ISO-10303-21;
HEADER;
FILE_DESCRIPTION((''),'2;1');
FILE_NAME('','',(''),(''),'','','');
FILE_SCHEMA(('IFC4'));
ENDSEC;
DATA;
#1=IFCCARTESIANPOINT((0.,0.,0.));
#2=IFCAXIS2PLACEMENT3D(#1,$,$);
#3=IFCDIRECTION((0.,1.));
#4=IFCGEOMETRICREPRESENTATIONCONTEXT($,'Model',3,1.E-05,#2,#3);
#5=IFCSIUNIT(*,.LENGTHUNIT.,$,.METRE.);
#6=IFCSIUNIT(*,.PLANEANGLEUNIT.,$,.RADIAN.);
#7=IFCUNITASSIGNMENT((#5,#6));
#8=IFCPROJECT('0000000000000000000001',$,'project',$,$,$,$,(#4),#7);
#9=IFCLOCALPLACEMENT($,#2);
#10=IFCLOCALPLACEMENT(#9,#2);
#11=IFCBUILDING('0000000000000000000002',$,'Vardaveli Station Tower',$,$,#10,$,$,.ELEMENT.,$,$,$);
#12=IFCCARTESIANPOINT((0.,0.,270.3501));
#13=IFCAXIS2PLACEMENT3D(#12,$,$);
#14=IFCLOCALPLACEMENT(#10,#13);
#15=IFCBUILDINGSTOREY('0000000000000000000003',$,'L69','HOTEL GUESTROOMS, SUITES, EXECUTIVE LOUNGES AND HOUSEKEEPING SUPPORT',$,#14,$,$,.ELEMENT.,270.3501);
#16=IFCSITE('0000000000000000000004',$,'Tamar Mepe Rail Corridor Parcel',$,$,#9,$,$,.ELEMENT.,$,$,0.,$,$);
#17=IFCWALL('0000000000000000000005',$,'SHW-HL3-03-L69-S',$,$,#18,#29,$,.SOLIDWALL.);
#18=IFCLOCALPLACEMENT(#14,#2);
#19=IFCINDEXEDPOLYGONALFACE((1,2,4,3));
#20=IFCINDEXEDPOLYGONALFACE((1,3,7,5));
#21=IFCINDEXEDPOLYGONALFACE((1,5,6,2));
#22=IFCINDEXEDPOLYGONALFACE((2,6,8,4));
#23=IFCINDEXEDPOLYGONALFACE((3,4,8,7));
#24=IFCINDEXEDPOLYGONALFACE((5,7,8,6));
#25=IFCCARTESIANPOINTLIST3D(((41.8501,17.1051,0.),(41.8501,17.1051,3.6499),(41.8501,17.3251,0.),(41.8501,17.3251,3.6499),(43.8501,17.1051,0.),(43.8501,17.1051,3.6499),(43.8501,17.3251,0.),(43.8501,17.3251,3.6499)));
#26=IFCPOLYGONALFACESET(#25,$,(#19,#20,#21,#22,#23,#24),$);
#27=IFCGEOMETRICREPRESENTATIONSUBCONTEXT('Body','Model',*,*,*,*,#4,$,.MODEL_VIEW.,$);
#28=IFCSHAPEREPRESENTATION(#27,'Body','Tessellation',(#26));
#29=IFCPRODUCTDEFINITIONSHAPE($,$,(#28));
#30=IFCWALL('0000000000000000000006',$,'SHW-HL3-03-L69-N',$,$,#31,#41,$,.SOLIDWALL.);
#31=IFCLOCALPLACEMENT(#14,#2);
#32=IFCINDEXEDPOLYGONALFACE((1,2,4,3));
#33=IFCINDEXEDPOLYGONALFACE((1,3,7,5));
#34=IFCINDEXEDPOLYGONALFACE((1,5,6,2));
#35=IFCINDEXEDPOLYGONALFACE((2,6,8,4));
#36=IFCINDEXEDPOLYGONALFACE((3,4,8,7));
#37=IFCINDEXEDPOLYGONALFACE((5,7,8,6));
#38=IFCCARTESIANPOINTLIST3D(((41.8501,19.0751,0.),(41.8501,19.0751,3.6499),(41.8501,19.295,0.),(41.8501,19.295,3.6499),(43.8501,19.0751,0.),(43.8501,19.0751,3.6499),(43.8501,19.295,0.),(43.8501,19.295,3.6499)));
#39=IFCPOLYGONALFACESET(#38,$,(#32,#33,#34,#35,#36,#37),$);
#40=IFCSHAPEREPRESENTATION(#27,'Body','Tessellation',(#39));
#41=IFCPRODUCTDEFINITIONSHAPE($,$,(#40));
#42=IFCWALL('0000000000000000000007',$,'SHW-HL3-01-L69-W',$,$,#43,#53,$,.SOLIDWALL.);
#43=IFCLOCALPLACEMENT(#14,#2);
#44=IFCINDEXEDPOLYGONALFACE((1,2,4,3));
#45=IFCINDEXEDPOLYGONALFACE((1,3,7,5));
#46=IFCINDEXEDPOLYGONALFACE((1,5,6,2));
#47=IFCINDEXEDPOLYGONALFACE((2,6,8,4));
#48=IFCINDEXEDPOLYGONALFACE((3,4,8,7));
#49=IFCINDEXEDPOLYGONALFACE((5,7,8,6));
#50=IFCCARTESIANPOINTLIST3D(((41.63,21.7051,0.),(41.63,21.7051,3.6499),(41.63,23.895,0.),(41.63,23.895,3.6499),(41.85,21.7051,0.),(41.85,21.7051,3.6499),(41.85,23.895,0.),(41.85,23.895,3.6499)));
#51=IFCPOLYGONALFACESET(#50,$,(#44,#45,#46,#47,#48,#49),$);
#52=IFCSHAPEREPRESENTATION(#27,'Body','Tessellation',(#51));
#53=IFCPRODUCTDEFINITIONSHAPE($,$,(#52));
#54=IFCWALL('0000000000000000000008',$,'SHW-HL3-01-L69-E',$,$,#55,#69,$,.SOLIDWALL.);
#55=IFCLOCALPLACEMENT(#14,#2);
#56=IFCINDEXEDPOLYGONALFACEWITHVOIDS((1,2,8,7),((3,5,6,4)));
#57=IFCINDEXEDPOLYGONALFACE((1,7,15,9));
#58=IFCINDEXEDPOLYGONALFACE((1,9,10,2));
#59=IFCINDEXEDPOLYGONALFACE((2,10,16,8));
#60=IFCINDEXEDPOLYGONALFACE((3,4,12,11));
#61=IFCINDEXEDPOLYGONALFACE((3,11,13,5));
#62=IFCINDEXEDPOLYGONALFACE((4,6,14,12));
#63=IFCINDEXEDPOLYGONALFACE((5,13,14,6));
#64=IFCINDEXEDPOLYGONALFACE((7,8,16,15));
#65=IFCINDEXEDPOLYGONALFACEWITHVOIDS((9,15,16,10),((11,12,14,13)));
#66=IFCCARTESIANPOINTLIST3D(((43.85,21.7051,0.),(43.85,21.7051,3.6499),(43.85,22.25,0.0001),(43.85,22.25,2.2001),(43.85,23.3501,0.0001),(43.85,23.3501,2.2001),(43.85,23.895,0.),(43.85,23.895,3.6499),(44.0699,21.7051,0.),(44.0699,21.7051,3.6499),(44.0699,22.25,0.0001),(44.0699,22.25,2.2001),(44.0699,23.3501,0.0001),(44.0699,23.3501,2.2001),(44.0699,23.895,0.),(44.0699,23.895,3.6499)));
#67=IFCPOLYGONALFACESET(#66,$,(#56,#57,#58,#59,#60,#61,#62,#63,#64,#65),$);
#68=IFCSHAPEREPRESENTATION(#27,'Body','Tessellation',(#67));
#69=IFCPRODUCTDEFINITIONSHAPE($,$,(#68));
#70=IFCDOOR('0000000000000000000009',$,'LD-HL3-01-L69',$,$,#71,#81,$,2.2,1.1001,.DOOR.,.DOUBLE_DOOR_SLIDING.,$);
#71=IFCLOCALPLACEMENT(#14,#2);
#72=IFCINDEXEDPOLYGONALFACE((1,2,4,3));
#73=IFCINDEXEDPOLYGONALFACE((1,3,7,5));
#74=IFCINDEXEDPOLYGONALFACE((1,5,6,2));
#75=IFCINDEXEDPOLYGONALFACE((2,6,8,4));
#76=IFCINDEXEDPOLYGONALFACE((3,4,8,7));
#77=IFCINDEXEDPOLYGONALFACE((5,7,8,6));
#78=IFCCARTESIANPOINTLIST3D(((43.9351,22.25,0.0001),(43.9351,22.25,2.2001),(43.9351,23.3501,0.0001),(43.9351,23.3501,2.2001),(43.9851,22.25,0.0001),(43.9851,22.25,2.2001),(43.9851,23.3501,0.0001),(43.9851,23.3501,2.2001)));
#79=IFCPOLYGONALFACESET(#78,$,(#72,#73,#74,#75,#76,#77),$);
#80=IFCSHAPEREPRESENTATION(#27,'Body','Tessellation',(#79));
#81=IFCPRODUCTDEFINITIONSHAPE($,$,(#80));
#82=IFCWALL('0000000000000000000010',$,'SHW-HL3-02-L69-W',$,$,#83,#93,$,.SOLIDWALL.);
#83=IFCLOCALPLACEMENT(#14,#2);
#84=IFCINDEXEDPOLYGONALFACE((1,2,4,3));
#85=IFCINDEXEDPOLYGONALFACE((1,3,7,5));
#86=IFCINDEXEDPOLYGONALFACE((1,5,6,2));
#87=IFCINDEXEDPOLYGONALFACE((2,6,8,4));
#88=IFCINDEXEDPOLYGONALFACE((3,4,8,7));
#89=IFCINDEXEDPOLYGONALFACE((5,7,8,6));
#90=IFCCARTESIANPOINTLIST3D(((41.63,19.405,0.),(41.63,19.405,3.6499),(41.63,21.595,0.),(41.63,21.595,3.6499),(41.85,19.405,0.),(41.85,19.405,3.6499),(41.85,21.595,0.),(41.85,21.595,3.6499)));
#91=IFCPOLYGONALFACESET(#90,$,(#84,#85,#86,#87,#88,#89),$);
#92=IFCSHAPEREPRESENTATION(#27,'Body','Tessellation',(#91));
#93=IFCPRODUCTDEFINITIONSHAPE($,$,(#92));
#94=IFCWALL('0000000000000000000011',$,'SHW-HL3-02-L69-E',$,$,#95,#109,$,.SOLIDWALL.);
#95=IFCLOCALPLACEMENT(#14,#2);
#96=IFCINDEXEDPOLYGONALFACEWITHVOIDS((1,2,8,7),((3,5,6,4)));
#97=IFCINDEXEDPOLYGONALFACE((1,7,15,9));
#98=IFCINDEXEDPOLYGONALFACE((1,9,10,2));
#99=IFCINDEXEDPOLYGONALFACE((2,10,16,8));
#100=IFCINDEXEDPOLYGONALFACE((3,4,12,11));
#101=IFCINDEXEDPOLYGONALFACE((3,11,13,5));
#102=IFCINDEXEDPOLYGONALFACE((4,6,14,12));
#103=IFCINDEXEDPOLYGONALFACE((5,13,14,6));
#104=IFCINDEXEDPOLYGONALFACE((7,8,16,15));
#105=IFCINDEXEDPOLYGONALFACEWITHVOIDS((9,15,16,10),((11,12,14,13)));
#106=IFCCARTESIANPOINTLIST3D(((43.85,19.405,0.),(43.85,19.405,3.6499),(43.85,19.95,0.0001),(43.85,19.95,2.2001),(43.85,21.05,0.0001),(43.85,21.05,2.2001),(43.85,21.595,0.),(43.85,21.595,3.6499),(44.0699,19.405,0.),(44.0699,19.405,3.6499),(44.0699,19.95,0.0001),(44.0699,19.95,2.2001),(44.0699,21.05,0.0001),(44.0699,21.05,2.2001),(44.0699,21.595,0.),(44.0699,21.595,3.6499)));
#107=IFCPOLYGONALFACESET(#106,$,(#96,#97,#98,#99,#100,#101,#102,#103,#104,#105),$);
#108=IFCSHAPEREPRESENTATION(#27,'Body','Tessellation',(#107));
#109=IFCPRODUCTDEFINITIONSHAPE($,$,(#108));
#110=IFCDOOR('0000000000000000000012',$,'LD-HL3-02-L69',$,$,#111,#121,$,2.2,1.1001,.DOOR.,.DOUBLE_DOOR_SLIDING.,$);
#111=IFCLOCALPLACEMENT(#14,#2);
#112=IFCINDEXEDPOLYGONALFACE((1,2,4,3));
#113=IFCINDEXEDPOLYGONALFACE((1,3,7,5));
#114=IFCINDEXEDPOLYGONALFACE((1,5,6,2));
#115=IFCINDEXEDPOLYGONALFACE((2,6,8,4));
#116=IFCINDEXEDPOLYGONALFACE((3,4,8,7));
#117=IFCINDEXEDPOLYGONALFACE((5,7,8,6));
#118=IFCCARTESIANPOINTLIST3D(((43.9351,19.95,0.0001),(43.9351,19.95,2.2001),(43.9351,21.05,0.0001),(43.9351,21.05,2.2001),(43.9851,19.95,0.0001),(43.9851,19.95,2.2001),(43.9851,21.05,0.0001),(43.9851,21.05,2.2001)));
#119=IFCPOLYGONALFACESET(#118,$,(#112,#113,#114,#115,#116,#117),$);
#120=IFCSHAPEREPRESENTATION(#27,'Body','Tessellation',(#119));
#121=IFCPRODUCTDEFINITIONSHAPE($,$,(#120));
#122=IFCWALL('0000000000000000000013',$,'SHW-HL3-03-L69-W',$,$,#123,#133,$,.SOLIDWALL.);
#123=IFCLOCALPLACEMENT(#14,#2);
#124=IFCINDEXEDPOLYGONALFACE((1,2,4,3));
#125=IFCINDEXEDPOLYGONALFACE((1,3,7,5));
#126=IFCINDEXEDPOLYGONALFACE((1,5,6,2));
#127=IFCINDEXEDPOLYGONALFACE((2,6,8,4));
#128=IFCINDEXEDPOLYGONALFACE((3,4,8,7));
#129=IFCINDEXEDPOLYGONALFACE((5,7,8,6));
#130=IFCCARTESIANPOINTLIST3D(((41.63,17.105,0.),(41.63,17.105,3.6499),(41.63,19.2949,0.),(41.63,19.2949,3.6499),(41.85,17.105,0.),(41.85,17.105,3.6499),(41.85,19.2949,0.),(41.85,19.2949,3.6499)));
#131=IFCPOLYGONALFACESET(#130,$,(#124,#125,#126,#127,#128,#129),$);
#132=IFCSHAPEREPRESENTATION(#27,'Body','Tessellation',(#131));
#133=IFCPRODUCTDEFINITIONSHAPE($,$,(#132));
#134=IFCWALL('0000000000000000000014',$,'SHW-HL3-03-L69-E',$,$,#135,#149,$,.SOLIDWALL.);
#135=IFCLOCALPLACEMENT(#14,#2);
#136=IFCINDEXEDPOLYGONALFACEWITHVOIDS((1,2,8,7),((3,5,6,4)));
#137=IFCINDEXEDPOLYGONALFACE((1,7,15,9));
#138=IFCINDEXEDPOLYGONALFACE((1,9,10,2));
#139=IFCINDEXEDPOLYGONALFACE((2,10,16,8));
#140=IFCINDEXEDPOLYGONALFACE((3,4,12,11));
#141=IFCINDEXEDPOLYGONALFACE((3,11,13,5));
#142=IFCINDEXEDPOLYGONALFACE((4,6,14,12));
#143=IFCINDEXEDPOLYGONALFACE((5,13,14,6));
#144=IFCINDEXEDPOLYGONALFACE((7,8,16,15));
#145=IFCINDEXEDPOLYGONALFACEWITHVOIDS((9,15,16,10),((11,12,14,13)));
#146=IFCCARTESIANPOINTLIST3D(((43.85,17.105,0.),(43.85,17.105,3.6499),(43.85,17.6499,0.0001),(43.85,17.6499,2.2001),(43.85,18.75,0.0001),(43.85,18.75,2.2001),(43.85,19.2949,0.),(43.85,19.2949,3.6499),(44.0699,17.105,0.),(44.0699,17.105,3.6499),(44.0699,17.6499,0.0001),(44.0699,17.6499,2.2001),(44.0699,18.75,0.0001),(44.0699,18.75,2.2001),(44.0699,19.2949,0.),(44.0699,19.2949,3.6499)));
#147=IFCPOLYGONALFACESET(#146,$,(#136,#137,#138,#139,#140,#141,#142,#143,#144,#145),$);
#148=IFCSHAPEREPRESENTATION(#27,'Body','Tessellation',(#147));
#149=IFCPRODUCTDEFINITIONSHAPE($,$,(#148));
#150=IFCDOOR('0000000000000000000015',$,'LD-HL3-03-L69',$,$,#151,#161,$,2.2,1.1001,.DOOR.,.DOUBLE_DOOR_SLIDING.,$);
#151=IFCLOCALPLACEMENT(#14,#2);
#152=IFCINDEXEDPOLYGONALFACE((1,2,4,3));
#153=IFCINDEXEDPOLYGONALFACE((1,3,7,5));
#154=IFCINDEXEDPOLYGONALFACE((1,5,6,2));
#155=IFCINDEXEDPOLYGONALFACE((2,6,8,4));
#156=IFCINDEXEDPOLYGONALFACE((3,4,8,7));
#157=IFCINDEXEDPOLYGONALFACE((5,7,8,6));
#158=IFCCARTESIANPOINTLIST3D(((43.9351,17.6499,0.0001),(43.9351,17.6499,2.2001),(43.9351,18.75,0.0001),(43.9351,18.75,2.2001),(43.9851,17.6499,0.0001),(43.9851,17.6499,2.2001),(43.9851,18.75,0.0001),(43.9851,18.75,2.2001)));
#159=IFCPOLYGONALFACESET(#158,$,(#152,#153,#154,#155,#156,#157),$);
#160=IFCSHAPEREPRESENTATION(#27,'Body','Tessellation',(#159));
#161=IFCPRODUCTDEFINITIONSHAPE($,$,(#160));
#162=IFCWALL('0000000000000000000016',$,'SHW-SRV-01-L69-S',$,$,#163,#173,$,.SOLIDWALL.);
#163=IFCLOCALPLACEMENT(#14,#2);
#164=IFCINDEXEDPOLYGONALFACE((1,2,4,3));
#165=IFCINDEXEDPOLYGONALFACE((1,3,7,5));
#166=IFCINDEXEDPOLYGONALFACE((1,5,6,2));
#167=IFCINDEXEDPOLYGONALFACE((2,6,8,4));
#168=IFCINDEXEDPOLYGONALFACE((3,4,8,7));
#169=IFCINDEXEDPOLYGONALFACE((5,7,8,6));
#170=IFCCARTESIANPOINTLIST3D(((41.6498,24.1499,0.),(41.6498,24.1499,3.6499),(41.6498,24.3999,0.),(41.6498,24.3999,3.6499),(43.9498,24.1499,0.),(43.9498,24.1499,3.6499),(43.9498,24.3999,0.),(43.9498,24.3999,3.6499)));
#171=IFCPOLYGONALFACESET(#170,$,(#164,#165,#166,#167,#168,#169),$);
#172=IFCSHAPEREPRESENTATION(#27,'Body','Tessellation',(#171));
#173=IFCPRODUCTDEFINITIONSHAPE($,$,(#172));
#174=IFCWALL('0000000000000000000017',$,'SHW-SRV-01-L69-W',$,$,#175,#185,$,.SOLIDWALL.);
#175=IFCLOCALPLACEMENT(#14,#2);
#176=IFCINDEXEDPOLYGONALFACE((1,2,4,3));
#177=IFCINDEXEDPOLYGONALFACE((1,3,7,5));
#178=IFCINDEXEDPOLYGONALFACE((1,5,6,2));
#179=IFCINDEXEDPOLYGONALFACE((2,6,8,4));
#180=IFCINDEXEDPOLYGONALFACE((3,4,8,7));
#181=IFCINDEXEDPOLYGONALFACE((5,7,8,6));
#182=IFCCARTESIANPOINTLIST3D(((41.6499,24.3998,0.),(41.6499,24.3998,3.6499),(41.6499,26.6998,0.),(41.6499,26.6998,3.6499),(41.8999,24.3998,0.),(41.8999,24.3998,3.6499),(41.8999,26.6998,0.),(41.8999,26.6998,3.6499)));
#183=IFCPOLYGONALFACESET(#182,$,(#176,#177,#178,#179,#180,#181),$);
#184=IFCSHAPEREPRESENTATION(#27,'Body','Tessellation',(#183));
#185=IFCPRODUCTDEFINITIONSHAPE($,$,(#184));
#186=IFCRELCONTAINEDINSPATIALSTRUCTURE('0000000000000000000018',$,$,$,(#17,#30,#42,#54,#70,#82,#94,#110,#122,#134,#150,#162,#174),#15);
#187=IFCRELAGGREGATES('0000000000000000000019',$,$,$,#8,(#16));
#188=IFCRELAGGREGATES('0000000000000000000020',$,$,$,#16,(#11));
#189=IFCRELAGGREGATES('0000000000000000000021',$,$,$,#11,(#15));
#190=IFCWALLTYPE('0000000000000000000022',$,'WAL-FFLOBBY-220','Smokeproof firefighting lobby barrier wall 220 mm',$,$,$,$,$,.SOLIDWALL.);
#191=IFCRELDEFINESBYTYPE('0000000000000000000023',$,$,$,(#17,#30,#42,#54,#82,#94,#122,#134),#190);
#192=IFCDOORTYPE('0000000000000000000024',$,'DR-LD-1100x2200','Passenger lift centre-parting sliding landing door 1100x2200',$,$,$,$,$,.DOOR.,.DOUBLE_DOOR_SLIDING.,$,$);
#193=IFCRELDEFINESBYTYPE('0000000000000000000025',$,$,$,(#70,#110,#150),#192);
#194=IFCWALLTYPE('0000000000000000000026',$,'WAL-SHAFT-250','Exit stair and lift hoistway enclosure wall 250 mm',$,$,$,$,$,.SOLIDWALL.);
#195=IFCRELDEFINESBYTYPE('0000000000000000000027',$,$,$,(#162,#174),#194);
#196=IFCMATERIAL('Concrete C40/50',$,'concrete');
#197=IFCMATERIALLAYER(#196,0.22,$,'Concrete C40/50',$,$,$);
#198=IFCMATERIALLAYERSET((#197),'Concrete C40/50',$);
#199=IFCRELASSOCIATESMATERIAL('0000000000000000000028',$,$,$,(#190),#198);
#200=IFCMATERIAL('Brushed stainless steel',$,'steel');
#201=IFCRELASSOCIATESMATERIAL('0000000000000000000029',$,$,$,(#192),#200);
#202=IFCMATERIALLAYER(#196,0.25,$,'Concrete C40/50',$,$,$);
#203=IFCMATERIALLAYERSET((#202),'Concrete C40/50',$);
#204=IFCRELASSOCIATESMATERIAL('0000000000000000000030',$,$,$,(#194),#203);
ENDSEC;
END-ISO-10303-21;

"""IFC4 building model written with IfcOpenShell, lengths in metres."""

from ifc_helpers import new_model, si_unit, direction, frame, frame_2d, origin, place, context, subcontext, project, spatial, rectangle, extrude, source, transform, mapped, material, layer, layer_set, type_object, element, fill, save


model = new_model("IFC4")

# Units and contexts
model_context = context("Model", 3, precision=1e-05, world=origin(), true_north=direction((0.0, 1.0)))
body_context = subcontext(model_context, "Body", "Model", "MODEL_VIEW")
ifc_project = project(units=[si_unit("LENGTHUNIT", "METRE"), si_unit("PLANEANGLEUNIT", "RADIAN")], contexts=[model_context])

# Site, building, storey
site_placement = place(None, origin())
site = spatial("IfcSite", under=ifc_project, at=site_placement, Name="Tamar Mepe Rail Corridor Parcel", CompositionType="ELEMENT", RefElevation=0.0)
building_placement = place(site_placement, origin())
building = spatial("IfcBuilding", under=site, at=building_placement, Name="Vardaveli Station Tower", CompositionType="ELEMENT")
storey_placement = place(building_placement, frame((0.0, 0.0, 270.3501)))
storey = spatial("IfcBuildingStorey", under=building, at=storey_placement, Name="L69", Description="HOTEL GUESTROOMS, SUITES, EXECUTIVE LOUNGES AND HOUSEKEEPING SUPPORT", CompositionType="ELEMENT", Elevation=270.3501)

# Walls
ifc_material_1 = material(Name="Concrete C40/50", Category="concrete")
ifc_layer_1 = layer(ifc_material_1, 0.22, Name="Concrete C40/50")
ifc_layer_set_1 = layer_set([ifc_layer_1], Name="Concrete C40/50")
wall_type_1 = type_object("IfcWallType", Name="WAL-FFLOBBY-220", Description="Smokeproof firefighting lobby barrier wall 220 mm", PredefinedType="SOLIDWALL", material=ifc_layer_set_1)
shared_shape_1 = source(origin(), body_context, "Body", "SweptSolid", [
    extrude(rectangle(XDim=2.0, YDim=0.22, at=frame_2d((1.0, 0.0))), origin(), (0.0, 0.0, 1.0), 3.6499),
])
for number, where, z_axis, x_axis, name in (
    (1, (41.8501, 17.2151, 0.0), (0.0, 0.0, 1.0), (1.0, 0.0, 0.0), "SHW-HL3-03-L69-S"),
    (2, (41.8501, 19.1851, 0.0), (0.0, 0.0, 1.0), (1.0, 0.0, 0.0), "SHW-HL3-03-L69-N"),
):
    element("IfcWall", number, at=place(storey_placement, frame(where, z_axis=z_axis, x_axis=x_axis)), inside=storey, type_object=wall_type_1, Name=name, PredefinedType="SOLIDWALL", context=body_context, shape_type="MappedRepresentation", body=[
        mapped(shared_shape_1, transform((0.0, 0.0, 0.0), scale=1.0)),
    ])
shared_shape_2 = source(origin(), body_context, "Body", "SweptSolid", [
    extrude(rectangle(XDim=2.1899, YDim=0.22, at=frame_2d((1.095, 0.0))), origin(), (0.0, 0.0, 1.0), 3.6499),
])
wall_1_placement = place(storey_placement, frame((41.74, 21.7051, 0.0), z_axis=(0.0, 0.0, 1.0), x_axis=(0.0, 1.0, 0.0)))
element("IfcWall", 3, at=wall_1_placement, inside=storey, type_object=wall_type_1, Name="SHW-HL3-01-L69-W", PredefinedType="SOLIDWALL", context=body_context, shape_type="MappedRepresentation", body=[
    mapped(shared_shape_2, transform((0.0, 0.0, 0.0), scale=1.0)),
])

# Wall, opening, door
wall_2_placement = place(storey_placement, frame((43.96, 21.7051, 0.0), z_axis=(0.0, 0.0, 1.0), x_axis=(0.0, 1.0, 0.0)))
wall_2 = element("IfcWall", 4, at=wall_2_placement, inside=storey, type_object=wall_type_1, Name="SHW-HL3-01-L69-E", PredefinedType="SOLIDWALL", context=body_context, shape_type="MappedRepresentation", body=[
    mapped(shared_shape_2, transform((0.0, 0.0, 0.0), scale=1.0)),
])
shared_shape_3 = source(origin(), body_context, "Body", "SweptSolid", [
    extrude(rectangle(XDim=1.1001, YDim=2.2, at=frame_2d((0.55, 1.1001))), frame((0.0, 0.1201, 0.0), z_axis=(0.0, -1.0, 0.0), x_axis=(1.0, 0.0, 0.0)), (0.0, 0.0, 1.0), 0.24),
])
opening_1_placement = place(wall_2_placement, frame((0.5449, 0.0, 0.0)))
opening_1 = element("IfcOpeningElement", 5, at=opening_1_placement, cuts=wall_2, PredefinedType="OPENING", context=body_context, shape_type="MappedRepresentation", body=[
    mapped(shared_shape_3, transform((0.0, 0.0, 0.0), scale=1.0)),
])
ifc_material_2 = material(Name="Brushed stainless steel", Category="steel")
door_type_1 = type_object("IfcDoorType", Name="DR-LD-1100x2200", Description="Passenger lift centre-parting sliding landing door 1100x2200", OperationType="DOUBLE_DOOR_SLIDING", PredefinedType="DOOR", material=ifc_material_2)
shared_shape_4 = source(origin(), body_context, "Body", "SweptSolid", [
    extrude(rectangle(XDim=1.1001, YDim=2.2, at=frame_2d((0.55, 1.1001))), frame((0.0, 0.0249, 0.0), z_axis=(0.0, -1.0, 0.0), x_axis=(1.0, 0.0, 0.0)), (0.0, 0.0, 1.0), 0.05),
])
door_1_placement = place(opening_1_placement, origin())
door_1 = element("IfcDoor", 6, at=door_1_placement, inside=storey, type_object=door_type_1, Name="LD-HL3-01-L69", OperationType="DOUBLE_DOOR_SLIDING", OverallHeight=2.2, OverallWidth=1.1001, PredefinedType="DOOR", context=body_context, shape_type="MappedRepresentation", body=[
    mapped(shared_shape_4, transform((0.0, 0.0, 0.0), scale=1.0)),
])
fill(opening_1, door_1)

# Wall
wall_3_placement = place(storey_placement, frame((41.74, 19.405, 0.0), z_axis=(0.0, 0.0, 1.0), x_axis=(0.0, 1.0, 0.0)))
element("IfcWall", 7, at=wall_3_placement, inside=storey, type_object=wall_type_1, Name="SHW-HL3-02-L69-W", PredefinedType="SOLIDWALL", context=body_context, shape_type="MappedRepresentation", body=[
    mapped(shared_shape_2, transform((0.0, 0.0, 0.0), scale=1.0)),
])

# Wall, opening, door
wall_4_placement = place(storey_placement, frame((43.96, 19.405, 0.0), z_axis=(0.0, 0.0, 1.0), x_axis=(0.0, 1.0, 0.0)))
wall_4 = element("IfcWall", 8, at=wall_4_placement, inside=storey, type_object=wall_type_1, Name="SHW-HL3-02-L69-E", PredefinedType="SOLIDWALL", context=body_context, shape_type="MappedRepresentation", body=[
    mapped(shared_shape_2, transform((0.0, 0.0, 0.0), scale=1.0)),
])
opening_2_placement = place(wall_4_placement, frame((0.5449, 0.0, 0.0)))
opening_2 = element("IfcOpeningElement", 9, at=opening_2_placement, cuts=wall_4, PredefinedType="OPENING", context=body_context, shape_type="MappedRepresentation", body=[
    mapped(shared_shape_3, transform((0.0, 0.0, 0.0), scale=1.0)),
])
door_2_placement = place(opening_2_placement, origin())
door_2 = element("IfcDoor", 10, at=door_2_placement, inside=storey, type_object=door_type_1, Name="LD-HL3-02-L69", OperationType="DOUBLE_DOOR_SLIDING", OverallHeight=2.2, OverallWidth=1.1001, PredefinedType="DOOR", context=body_context, shape_type="MappedRepresentation", body=[
    mapped(shared_shape_4, transform((0.0, 0.0, 0.0), scale=1.0)),
])
fill(opening_2, door_2)

# Wall
wall_5_placement = place(storey_placement, frame((41.74, 17.105, 0.0), z_axis=(0.0, 0.0, 1.0), x_axis=(0.0, 1.0, 0.0)))
element("IfcWall", 11, at=wall_5_placement, inside=storey, type_object=wall_type_1, Name="SHW-HL3-03-L69-W", PredefinedType="SOLIDWALL", context=body_context, shape_type="MappedRepresentation", body=[
    mapped(shared_shape_2, transform((0.0, 0.0, 0.0), scale=1.0)),
])

# Wall, opening, door
wall_6_placement = place(storey_placement, frame((43.96, 17.105, 0.0), z_axis=(0.0, 0.0, 1.0), x_axis=(0.0, 1.0, 0.0)))
wall_6 = element("IfcWall", 12, at=wall_6_placement, inside=storey, type_object=wall_type_1, Name="SHW-HL3-03-L69-E", PredefinedType="SOLIDWALL", context=body_context, shape_type="MappedRepresentation", body=[
    mapped(shared_shape_2, transform((0.0, 0.0, 0.0), scale=1.0)),
])
opening_3_placement = place(wall_6_placement, frame((0.5449, 0.0, 0.0)))
opening_3 = element("IfcOpeningElement", 13, at=opening_3_placement, cuts=wall_6, PredefinedType="OPENING", context=body_context, shape_type="MappedRepresentation", body=[
    mapped(shared_shape_3, transform((0.0, 0.0, 0.0), scale=1.0)),
])
door_3_placement = place(opening_3_placement, origin())
door_3 = element("IfcDoor", 14, at=door_3_placement, inside=storey, type_object=door_type_1, Name="LD-HL3-03-L69", OperationType="DOUBLE_DOOR_SLIDING", OverallHeight=2.2, OverallWidth=1.1001, PredefinedType="DOOR", context=body_context, shape_type="MappedRepresentation", body=[
    mapped(shared_shape_4, transform((0.0, 0.0, 0.0), scale=1.0)),
])
fill(opening_3, door_3)

# Walls
ifc_layer_2 = layer(ifc_material_1, 0.25, Name="Concrete C40/50")
ifc_layer_set_2 = layer_set([ifc_layer_2], Name="Concrete C40/50")
wall_type_2 = type_object("IfcWallType", Name="WAL-SHAFT-250", Description="Exit stair and lift hoistway enclosure wall 250 mm", PredefinedType="SOLIDWALL", material=ifc_layer_set_2)
shared_shape_5 = source(origin(), body_context, "Body", "SweptSolid", [
    extrude(rectangle(XDim=2.3, YDim=0.25, at=frame_2d((1.1499, 0.0))), origin(), (0.0, 0.0, 1.0), 3.6499),
])
for number, where, z_axis, x_axis, name in (
    (15, (41.6499, 24.2749, 0.0), (0.0, 0.0, 1.0), (1.0, 0.0, 0.0), "SHW-SRV-01-L69-S"),
    (16, (41.7749, 24.3999, 0.0), (0.0, 0.0, 1.0), (0.0, 1.0, 0.0), "SHW-SRV-01-L69-W"),
):
    element("IfcWall", number, at=place(storey_placement, frame(where, z_axis=z_axis, x_axis=x_axis)), inside=storey, type_object=wall_type_2, Name=name, PredefinedType="SOLIDWALL", context=body_context, shape_type="MappedRepresentation", body=[
        mapped(shared_shape_5, transform((0.0, 0.0, 0.0), scale=1.0)),
    ])

save(model, "model.ifc")
